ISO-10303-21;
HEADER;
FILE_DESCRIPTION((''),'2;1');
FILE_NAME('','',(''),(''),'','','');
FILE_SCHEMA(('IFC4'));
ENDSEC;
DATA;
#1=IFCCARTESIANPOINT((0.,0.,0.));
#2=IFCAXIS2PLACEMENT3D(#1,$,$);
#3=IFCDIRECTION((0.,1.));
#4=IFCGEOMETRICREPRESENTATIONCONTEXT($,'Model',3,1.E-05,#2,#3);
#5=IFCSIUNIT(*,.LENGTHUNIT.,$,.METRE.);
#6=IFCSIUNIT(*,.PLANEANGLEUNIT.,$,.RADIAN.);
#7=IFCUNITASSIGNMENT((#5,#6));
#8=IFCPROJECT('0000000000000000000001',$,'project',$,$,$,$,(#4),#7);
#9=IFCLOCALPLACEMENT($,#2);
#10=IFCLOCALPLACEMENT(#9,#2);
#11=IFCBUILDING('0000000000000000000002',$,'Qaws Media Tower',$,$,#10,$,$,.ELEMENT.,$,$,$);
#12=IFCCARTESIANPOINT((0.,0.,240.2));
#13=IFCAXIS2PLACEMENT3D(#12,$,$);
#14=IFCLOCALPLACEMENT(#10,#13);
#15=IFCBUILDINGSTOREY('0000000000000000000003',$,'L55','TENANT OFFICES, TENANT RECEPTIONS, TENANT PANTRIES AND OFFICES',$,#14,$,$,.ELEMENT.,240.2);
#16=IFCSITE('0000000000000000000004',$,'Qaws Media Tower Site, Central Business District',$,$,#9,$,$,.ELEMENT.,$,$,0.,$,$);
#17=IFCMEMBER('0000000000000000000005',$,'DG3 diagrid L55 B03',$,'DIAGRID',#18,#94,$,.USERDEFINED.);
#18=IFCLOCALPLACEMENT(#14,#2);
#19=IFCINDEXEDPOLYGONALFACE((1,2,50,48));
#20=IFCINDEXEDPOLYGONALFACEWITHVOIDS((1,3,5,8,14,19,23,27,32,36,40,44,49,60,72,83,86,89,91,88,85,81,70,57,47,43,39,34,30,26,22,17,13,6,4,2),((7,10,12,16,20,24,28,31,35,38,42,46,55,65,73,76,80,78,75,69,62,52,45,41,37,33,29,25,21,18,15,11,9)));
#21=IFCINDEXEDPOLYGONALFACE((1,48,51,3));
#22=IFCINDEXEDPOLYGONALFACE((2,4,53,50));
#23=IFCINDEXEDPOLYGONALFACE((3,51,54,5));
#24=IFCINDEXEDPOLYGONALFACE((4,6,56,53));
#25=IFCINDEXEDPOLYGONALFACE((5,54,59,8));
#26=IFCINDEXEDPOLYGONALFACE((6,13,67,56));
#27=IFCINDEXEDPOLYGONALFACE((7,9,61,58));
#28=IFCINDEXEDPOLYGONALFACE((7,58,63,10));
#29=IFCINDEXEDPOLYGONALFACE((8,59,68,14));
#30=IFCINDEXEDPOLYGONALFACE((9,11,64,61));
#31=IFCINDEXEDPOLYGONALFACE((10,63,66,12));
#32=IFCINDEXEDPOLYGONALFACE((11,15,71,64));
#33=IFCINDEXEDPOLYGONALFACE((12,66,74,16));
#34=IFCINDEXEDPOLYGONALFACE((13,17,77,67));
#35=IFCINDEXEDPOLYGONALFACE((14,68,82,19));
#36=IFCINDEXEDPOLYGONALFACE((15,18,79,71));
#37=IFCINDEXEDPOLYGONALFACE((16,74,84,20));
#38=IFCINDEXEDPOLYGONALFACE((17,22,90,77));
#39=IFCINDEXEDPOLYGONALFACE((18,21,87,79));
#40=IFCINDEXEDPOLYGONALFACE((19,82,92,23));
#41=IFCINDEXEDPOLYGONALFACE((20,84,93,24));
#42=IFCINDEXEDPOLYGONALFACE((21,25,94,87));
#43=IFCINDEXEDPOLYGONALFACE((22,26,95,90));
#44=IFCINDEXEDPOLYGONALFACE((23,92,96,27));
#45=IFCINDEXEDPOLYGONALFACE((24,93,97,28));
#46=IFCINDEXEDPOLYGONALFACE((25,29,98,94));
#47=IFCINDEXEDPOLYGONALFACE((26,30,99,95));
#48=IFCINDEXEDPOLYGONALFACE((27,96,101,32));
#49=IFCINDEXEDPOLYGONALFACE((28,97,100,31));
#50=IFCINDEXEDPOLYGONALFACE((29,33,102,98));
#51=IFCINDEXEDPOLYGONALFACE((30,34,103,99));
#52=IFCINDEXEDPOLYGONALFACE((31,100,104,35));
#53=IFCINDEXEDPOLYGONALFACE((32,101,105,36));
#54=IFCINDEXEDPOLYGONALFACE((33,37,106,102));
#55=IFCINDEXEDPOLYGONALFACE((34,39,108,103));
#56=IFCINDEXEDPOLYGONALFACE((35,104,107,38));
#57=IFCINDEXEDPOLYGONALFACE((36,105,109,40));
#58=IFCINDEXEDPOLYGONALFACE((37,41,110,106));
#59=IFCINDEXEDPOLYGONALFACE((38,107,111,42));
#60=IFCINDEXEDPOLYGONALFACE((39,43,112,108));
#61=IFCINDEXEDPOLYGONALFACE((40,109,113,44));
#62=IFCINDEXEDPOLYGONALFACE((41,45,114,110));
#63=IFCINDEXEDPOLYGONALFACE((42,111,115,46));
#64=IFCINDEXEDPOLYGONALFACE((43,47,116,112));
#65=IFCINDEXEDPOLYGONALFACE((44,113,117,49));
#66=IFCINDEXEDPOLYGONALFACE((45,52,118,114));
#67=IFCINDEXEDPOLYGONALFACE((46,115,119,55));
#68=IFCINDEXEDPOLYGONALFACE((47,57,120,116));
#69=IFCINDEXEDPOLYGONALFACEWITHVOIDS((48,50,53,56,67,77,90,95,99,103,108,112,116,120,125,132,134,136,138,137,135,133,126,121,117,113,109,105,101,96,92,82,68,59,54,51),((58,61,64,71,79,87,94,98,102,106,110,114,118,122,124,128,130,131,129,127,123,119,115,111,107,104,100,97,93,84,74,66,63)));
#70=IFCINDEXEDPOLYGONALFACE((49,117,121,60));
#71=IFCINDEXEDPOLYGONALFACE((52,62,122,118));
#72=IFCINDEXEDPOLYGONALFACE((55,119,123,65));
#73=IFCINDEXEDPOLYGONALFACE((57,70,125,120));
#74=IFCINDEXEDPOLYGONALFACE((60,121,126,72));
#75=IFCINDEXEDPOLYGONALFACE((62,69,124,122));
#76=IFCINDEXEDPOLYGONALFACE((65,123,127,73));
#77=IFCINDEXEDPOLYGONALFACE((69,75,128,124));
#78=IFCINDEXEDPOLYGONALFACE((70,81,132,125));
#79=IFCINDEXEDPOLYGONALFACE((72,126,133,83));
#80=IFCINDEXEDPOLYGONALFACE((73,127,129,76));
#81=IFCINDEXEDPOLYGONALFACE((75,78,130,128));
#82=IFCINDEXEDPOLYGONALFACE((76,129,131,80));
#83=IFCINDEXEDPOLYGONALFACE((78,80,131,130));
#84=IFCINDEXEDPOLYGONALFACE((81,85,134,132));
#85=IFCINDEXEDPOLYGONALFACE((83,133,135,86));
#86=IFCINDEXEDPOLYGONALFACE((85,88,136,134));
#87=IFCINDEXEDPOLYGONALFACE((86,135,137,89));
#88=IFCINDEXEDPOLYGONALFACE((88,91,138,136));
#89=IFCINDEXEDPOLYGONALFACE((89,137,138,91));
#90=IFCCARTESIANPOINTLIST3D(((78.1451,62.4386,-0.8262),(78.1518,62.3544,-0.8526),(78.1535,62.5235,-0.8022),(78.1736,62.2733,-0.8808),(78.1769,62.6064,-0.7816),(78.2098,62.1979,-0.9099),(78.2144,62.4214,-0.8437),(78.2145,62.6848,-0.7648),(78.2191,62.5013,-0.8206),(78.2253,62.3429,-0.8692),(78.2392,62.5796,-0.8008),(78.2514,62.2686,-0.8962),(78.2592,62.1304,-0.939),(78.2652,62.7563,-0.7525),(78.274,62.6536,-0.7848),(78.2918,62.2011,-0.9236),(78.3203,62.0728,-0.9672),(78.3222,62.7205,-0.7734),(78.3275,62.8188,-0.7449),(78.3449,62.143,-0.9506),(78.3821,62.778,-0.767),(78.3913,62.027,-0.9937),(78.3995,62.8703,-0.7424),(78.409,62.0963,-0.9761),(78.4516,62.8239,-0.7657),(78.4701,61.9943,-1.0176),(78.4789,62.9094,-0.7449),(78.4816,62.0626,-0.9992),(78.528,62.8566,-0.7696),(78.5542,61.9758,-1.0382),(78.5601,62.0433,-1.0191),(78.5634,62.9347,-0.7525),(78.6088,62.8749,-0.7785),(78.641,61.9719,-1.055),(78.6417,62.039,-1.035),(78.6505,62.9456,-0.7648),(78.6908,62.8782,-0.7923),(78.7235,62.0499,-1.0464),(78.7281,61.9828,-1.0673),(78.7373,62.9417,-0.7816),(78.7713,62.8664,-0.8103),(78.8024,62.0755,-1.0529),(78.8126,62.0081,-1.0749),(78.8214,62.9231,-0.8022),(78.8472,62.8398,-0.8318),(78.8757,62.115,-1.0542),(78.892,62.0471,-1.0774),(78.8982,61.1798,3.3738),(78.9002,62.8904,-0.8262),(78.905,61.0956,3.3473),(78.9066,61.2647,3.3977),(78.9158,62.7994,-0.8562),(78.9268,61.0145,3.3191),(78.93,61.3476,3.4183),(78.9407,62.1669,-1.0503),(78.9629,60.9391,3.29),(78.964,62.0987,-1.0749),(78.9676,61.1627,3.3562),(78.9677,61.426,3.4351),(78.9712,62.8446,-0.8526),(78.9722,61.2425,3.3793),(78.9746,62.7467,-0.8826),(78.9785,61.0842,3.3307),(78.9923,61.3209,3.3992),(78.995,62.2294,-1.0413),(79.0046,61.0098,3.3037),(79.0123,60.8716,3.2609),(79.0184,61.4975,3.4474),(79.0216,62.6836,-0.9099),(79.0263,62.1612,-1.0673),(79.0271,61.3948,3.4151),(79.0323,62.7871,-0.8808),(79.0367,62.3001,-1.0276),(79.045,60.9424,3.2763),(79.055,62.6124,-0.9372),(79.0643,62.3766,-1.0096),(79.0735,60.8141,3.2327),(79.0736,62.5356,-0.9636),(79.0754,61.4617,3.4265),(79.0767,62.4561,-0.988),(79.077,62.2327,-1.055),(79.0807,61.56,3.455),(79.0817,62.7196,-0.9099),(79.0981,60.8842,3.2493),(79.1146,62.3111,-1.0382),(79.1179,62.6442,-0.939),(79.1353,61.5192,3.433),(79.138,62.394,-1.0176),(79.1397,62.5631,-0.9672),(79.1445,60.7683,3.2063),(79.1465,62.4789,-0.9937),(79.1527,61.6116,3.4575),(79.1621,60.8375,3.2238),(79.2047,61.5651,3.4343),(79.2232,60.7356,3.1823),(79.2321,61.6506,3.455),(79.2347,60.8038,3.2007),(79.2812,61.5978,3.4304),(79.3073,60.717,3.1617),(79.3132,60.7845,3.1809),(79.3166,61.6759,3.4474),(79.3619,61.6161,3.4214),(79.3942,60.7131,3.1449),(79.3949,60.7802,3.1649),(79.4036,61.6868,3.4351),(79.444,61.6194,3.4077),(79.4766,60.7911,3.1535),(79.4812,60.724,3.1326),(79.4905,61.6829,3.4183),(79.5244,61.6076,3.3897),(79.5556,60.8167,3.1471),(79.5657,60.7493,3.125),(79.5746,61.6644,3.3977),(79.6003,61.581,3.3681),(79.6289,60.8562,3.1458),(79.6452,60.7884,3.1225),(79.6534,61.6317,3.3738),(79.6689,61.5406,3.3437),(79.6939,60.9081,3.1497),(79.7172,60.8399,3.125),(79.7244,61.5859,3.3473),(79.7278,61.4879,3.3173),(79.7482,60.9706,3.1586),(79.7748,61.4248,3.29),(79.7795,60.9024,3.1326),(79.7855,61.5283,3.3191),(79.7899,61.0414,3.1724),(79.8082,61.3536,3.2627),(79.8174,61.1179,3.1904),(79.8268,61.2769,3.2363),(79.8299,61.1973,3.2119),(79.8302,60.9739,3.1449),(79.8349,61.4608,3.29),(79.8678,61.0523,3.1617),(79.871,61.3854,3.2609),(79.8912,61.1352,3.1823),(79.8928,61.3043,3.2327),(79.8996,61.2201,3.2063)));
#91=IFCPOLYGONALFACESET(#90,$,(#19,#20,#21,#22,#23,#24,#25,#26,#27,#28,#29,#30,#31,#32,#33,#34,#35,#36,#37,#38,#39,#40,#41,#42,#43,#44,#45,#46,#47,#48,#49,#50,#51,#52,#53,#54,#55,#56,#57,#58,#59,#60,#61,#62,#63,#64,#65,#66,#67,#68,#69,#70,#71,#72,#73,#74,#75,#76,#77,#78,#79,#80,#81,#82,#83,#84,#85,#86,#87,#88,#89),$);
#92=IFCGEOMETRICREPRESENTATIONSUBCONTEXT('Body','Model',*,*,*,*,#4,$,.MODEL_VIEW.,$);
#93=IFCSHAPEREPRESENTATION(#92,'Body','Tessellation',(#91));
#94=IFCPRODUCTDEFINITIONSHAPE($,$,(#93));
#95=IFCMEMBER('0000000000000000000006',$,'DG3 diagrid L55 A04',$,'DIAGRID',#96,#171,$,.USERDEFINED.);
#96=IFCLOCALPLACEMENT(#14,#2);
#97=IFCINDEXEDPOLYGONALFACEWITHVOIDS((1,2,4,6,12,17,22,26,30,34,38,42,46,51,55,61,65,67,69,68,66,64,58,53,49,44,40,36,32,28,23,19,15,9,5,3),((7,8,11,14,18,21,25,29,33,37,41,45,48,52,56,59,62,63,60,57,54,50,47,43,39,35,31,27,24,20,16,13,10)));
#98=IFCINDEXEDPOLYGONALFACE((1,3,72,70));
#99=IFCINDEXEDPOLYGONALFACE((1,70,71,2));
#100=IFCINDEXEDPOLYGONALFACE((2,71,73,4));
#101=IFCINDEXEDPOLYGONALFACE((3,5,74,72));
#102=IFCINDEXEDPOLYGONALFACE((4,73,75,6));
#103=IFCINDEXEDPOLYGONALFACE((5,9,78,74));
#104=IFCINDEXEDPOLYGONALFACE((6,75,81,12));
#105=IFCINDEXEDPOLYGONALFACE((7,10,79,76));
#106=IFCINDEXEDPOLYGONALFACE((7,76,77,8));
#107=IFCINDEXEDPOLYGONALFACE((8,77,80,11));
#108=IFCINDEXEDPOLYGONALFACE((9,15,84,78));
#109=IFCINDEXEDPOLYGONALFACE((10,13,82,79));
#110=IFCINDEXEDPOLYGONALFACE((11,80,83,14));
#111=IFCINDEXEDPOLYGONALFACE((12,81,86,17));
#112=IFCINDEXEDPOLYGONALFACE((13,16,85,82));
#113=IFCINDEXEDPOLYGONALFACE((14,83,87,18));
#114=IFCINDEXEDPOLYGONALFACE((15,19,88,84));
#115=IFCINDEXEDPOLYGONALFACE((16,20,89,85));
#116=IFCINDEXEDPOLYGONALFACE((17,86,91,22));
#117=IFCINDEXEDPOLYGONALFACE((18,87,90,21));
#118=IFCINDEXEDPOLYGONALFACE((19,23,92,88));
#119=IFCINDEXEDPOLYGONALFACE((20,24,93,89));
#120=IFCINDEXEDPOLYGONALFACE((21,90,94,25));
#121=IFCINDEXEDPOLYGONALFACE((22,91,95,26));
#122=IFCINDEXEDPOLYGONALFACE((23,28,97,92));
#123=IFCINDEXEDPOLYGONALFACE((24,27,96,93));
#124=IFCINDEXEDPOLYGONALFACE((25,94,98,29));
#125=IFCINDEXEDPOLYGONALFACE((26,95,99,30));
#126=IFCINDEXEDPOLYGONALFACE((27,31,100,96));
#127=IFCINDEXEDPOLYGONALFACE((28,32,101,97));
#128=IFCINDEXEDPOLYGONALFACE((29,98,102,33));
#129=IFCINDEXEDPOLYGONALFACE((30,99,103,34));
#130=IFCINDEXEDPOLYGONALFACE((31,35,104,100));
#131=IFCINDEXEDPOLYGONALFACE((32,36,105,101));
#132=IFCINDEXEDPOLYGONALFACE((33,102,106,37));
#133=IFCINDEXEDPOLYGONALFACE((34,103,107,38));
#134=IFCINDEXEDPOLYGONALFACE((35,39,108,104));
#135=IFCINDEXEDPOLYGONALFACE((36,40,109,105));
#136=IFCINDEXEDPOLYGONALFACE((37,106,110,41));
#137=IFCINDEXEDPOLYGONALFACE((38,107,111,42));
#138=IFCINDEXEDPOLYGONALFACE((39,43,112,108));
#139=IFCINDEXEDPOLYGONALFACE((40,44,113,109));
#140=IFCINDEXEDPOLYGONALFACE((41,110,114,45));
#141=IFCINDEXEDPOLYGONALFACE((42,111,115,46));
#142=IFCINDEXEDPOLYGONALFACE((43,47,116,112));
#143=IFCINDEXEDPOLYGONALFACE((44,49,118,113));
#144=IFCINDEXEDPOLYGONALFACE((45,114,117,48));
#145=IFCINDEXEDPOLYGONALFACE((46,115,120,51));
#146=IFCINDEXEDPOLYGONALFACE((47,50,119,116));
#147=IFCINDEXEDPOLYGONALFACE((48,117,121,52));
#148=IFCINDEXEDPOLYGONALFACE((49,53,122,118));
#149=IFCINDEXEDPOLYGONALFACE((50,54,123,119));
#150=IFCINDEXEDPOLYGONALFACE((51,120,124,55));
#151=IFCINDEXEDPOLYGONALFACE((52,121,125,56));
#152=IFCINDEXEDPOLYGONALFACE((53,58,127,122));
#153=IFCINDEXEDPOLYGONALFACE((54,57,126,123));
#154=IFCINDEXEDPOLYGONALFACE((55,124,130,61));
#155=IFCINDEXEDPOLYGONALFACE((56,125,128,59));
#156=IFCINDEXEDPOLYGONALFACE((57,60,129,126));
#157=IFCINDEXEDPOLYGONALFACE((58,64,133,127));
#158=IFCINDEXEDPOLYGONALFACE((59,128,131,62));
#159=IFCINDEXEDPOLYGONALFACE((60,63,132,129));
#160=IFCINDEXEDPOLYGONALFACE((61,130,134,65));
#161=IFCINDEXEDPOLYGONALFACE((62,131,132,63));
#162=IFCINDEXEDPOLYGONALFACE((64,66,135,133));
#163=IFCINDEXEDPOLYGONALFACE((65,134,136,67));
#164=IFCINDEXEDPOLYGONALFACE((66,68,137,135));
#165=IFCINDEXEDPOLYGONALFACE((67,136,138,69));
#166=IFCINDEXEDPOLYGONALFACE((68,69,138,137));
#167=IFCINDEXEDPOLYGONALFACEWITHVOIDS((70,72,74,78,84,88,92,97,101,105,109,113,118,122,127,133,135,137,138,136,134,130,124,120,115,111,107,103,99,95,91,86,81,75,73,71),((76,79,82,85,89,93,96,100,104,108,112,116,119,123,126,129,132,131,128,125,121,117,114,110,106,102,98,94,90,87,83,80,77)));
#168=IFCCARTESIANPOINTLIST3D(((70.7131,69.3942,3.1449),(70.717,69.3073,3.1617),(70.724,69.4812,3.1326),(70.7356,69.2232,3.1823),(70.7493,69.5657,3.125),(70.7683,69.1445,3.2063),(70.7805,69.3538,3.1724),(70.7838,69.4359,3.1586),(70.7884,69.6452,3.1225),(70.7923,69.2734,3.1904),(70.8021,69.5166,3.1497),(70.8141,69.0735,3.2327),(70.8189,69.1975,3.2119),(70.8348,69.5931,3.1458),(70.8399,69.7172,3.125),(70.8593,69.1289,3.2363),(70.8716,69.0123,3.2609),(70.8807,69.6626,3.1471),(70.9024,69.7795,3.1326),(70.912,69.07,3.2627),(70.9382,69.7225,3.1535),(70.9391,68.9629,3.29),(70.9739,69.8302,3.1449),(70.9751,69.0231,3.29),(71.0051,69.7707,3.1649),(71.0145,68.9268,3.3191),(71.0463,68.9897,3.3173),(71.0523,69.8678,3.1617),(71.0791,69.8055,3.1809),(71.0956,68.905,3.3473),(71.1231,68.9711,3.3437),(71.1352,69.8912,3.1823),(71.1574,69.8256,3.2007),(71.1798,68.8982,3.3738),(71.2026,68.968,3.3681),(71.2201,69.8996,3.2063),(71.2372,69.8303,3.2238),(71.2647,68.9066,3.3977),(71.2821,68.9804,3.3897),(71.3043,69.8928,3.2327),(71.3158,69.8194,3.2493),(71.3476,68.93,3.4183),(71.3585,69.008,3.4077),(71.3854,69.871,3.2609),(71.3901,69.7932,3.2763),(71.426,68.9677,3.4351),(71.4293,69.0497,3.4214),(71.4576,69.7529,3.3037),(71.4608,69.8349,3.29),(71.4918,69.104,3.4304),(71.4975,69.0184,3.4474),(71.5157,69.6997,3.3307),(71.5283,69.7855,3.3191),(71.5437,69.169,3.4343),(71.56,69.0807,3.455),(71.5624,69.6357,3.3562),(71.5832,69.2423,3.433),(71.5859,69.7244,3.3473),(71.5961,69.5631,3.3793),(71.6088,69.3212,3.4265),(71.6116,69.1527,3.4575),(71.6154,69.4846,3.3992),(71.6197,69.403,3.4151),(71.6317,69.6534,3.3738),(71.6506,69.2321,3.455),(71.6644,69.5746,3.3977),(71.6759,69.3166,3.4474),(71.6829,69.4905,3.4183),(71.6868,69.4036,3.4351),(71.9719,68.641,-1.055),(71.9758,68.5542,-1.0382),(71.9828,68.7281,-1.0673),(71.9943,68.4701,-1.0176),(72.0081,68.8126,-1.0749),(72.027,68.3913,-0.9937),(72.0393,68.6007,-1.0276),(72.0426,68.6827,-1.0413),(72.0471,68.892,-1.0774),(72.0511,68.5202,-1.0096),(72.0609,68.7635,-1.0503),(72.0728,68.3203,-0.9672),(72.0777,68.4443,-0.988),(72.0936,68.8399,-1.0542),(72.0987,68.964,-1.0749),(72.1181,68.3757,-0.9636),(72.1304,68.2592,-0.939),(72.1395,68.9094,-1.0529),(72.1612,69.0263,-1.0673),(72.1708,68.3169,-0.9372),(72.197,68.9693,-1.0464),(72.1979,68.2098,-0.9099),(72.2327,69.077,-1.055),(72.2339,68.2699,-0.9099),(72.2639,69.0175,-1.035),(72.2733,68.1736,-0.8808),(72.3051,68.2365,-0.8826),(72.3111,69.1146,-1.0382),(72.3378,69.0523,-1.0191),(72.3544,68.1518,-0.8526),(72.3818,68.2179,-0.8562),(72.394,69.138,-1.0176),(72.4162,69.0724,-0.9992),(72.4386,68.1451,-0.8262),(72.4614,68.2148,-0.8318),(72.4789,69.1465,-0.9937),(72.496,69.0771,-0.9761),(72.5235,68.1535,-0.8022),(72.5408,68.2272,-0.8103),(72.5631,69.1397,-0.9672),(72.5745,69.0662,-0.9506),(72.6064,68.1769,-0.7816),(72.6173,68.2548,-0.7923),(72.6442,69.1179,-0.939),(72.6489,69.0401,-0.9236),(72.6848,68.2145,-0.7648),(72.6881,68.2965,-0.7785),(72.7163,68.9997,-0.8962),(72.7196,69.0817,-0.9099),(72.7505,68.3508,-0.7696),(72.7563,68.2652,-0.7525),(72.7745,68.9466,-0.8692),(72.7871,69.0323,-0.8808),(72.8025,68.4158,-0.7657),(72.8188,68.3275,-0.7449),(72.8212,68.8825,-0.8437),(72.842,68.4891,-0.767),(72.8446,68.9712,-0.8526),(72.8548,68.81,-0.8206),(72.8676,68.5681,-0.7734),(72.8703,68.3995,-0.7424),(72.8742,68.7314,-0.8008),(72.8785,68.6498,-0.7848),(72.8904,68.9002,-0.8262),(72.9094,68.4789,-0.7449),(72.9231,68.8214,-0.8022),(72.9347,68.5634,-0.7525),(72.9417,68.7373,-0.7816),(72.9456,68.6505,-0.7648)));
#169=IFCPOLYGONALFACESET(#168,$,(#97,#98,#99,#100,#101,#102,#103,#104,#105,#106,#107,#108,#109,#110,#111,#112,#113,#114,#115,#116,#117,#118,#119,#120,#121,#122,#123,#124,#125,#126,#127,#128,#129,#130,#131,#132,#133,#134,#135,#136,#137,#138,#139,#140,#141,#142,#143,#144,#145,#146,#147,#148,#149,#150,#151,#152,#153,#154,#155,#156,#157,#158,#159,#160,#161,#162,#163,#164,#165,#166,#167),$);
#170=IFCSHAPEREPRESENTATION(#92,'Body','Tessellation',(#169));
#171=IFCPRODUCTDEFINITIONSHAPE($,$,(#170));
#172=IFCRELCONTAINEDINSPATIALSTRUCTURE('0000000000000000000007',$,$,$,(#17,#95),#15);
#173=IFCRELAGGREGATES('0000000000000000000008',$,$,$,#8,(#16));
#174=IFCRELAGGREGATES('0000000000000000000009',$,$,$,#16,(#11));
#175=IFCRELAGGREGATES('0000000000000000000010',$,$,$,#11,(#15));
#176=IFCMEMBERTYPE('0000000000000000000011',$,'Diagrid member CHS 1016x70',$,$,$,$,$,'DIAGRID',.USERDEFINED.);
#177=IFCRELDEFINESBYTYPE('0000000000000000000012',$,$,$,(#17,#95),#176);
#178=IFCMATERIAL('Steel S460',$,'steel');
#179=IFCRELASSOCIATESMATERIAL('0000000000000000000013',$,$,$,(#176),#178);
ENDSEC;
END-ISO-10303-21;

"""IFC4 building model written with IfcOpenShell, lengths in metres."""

from ifc_helpers import new_model, si_unit, direction, frame, origin, origin_2d, place, context, subcontext, project, spatial, hollow_circle, extrude, material, material_profile, profile_set, type_object, element, save


model = new_model("IFC4")

# Units and contexts
model_context = context("Model", 3, precision=1e-05, world=origin(), true_north=direction((0.0, 1.0)))
body_context = subcontext(model_context, "Body", "Model", "MODEL_VIEW")
ifc_project = project(units=[si_unit("LENGTHUNIT", "METRE"), si_unit("PLANEANGLEUNIT", "RADIAN")], contexts=[model_context])

# Site, building, storey
site_placement = place(None, origin())
site = spatial("IfcSite", under=ifc_project, at=site_placement, Name="Qaws Media Tower Site, Central Business District", CompositionType="ELEMENT", RefElevation=0.0)
building_placement = place(site_placement, origin())
building = spatial("IfcBuilding", under=site, at=building_placement, Name="Qaws Media Tower", CompositionType="ELEMENT")
storey_placement = place(building_placement, frame((0.0, 0.0, 240.2)))
storey = spatial("IfcBuildingStorey", under=building, at=storey_placement, Name="L55", Description="TENANT OFFICES, TENANT RECEPTIONS, TENANT PANTRIES AND OFFICES", CompositionType="ELEMENT", Elevation=240.2)

# Members
ifc_material_1 = material(Name="Steel S460", Category="steel")
ifc_material_profile_1 = material_profile(ifc_material_1, hollow_circle(Radius=0.5081, WallThickness=0.0701, at=origin_2d()), Name="CHS 1016x70")
ifc_profile_set_1 = profile_set([ifc_material_profile_1], Name="Steel S460")
member_type_1 = type_object("IfcMemberType", Name="Diagrid member CHS 1016x70", ElementType="DIAGRID", PredefinedType="USERDEFINED", material=ifc_profile_set_1)
for number, where, z_axis, x_axis, name in (
    (1, (78.6458, 62.4587, -0.9099), (0.1693, -0.282953, 0.944074), (0.858124, 0.513443, 0.0), "DG3 diagrid L55 B03"),
    (2, (72.4587, 68.6458, -0.9099), (-0.282953, 0.1693, 0.944074), (-0.513443, -0.858124, 0.0), "DG3 diagrid L55 A04"),
):
    element("IfcMember", number, at=place(storey_placement, frame(where, z_axis=z_axis, x_axis=x_axis)), inside=storey, type_object=member_type_1, Name=name, ObjectType="DIAGRID", PredefinedType="USERDEFINED", context=body_context, shape_type="SweptSolid", body=[
        extrude(hollow_circle(Radius=0.5081, WallThickness=0.0701, at=origin_2d()), origin(), (0.0, 0.0, 1.0), 4.4487),
    ])

save(model, "model.ifc")
